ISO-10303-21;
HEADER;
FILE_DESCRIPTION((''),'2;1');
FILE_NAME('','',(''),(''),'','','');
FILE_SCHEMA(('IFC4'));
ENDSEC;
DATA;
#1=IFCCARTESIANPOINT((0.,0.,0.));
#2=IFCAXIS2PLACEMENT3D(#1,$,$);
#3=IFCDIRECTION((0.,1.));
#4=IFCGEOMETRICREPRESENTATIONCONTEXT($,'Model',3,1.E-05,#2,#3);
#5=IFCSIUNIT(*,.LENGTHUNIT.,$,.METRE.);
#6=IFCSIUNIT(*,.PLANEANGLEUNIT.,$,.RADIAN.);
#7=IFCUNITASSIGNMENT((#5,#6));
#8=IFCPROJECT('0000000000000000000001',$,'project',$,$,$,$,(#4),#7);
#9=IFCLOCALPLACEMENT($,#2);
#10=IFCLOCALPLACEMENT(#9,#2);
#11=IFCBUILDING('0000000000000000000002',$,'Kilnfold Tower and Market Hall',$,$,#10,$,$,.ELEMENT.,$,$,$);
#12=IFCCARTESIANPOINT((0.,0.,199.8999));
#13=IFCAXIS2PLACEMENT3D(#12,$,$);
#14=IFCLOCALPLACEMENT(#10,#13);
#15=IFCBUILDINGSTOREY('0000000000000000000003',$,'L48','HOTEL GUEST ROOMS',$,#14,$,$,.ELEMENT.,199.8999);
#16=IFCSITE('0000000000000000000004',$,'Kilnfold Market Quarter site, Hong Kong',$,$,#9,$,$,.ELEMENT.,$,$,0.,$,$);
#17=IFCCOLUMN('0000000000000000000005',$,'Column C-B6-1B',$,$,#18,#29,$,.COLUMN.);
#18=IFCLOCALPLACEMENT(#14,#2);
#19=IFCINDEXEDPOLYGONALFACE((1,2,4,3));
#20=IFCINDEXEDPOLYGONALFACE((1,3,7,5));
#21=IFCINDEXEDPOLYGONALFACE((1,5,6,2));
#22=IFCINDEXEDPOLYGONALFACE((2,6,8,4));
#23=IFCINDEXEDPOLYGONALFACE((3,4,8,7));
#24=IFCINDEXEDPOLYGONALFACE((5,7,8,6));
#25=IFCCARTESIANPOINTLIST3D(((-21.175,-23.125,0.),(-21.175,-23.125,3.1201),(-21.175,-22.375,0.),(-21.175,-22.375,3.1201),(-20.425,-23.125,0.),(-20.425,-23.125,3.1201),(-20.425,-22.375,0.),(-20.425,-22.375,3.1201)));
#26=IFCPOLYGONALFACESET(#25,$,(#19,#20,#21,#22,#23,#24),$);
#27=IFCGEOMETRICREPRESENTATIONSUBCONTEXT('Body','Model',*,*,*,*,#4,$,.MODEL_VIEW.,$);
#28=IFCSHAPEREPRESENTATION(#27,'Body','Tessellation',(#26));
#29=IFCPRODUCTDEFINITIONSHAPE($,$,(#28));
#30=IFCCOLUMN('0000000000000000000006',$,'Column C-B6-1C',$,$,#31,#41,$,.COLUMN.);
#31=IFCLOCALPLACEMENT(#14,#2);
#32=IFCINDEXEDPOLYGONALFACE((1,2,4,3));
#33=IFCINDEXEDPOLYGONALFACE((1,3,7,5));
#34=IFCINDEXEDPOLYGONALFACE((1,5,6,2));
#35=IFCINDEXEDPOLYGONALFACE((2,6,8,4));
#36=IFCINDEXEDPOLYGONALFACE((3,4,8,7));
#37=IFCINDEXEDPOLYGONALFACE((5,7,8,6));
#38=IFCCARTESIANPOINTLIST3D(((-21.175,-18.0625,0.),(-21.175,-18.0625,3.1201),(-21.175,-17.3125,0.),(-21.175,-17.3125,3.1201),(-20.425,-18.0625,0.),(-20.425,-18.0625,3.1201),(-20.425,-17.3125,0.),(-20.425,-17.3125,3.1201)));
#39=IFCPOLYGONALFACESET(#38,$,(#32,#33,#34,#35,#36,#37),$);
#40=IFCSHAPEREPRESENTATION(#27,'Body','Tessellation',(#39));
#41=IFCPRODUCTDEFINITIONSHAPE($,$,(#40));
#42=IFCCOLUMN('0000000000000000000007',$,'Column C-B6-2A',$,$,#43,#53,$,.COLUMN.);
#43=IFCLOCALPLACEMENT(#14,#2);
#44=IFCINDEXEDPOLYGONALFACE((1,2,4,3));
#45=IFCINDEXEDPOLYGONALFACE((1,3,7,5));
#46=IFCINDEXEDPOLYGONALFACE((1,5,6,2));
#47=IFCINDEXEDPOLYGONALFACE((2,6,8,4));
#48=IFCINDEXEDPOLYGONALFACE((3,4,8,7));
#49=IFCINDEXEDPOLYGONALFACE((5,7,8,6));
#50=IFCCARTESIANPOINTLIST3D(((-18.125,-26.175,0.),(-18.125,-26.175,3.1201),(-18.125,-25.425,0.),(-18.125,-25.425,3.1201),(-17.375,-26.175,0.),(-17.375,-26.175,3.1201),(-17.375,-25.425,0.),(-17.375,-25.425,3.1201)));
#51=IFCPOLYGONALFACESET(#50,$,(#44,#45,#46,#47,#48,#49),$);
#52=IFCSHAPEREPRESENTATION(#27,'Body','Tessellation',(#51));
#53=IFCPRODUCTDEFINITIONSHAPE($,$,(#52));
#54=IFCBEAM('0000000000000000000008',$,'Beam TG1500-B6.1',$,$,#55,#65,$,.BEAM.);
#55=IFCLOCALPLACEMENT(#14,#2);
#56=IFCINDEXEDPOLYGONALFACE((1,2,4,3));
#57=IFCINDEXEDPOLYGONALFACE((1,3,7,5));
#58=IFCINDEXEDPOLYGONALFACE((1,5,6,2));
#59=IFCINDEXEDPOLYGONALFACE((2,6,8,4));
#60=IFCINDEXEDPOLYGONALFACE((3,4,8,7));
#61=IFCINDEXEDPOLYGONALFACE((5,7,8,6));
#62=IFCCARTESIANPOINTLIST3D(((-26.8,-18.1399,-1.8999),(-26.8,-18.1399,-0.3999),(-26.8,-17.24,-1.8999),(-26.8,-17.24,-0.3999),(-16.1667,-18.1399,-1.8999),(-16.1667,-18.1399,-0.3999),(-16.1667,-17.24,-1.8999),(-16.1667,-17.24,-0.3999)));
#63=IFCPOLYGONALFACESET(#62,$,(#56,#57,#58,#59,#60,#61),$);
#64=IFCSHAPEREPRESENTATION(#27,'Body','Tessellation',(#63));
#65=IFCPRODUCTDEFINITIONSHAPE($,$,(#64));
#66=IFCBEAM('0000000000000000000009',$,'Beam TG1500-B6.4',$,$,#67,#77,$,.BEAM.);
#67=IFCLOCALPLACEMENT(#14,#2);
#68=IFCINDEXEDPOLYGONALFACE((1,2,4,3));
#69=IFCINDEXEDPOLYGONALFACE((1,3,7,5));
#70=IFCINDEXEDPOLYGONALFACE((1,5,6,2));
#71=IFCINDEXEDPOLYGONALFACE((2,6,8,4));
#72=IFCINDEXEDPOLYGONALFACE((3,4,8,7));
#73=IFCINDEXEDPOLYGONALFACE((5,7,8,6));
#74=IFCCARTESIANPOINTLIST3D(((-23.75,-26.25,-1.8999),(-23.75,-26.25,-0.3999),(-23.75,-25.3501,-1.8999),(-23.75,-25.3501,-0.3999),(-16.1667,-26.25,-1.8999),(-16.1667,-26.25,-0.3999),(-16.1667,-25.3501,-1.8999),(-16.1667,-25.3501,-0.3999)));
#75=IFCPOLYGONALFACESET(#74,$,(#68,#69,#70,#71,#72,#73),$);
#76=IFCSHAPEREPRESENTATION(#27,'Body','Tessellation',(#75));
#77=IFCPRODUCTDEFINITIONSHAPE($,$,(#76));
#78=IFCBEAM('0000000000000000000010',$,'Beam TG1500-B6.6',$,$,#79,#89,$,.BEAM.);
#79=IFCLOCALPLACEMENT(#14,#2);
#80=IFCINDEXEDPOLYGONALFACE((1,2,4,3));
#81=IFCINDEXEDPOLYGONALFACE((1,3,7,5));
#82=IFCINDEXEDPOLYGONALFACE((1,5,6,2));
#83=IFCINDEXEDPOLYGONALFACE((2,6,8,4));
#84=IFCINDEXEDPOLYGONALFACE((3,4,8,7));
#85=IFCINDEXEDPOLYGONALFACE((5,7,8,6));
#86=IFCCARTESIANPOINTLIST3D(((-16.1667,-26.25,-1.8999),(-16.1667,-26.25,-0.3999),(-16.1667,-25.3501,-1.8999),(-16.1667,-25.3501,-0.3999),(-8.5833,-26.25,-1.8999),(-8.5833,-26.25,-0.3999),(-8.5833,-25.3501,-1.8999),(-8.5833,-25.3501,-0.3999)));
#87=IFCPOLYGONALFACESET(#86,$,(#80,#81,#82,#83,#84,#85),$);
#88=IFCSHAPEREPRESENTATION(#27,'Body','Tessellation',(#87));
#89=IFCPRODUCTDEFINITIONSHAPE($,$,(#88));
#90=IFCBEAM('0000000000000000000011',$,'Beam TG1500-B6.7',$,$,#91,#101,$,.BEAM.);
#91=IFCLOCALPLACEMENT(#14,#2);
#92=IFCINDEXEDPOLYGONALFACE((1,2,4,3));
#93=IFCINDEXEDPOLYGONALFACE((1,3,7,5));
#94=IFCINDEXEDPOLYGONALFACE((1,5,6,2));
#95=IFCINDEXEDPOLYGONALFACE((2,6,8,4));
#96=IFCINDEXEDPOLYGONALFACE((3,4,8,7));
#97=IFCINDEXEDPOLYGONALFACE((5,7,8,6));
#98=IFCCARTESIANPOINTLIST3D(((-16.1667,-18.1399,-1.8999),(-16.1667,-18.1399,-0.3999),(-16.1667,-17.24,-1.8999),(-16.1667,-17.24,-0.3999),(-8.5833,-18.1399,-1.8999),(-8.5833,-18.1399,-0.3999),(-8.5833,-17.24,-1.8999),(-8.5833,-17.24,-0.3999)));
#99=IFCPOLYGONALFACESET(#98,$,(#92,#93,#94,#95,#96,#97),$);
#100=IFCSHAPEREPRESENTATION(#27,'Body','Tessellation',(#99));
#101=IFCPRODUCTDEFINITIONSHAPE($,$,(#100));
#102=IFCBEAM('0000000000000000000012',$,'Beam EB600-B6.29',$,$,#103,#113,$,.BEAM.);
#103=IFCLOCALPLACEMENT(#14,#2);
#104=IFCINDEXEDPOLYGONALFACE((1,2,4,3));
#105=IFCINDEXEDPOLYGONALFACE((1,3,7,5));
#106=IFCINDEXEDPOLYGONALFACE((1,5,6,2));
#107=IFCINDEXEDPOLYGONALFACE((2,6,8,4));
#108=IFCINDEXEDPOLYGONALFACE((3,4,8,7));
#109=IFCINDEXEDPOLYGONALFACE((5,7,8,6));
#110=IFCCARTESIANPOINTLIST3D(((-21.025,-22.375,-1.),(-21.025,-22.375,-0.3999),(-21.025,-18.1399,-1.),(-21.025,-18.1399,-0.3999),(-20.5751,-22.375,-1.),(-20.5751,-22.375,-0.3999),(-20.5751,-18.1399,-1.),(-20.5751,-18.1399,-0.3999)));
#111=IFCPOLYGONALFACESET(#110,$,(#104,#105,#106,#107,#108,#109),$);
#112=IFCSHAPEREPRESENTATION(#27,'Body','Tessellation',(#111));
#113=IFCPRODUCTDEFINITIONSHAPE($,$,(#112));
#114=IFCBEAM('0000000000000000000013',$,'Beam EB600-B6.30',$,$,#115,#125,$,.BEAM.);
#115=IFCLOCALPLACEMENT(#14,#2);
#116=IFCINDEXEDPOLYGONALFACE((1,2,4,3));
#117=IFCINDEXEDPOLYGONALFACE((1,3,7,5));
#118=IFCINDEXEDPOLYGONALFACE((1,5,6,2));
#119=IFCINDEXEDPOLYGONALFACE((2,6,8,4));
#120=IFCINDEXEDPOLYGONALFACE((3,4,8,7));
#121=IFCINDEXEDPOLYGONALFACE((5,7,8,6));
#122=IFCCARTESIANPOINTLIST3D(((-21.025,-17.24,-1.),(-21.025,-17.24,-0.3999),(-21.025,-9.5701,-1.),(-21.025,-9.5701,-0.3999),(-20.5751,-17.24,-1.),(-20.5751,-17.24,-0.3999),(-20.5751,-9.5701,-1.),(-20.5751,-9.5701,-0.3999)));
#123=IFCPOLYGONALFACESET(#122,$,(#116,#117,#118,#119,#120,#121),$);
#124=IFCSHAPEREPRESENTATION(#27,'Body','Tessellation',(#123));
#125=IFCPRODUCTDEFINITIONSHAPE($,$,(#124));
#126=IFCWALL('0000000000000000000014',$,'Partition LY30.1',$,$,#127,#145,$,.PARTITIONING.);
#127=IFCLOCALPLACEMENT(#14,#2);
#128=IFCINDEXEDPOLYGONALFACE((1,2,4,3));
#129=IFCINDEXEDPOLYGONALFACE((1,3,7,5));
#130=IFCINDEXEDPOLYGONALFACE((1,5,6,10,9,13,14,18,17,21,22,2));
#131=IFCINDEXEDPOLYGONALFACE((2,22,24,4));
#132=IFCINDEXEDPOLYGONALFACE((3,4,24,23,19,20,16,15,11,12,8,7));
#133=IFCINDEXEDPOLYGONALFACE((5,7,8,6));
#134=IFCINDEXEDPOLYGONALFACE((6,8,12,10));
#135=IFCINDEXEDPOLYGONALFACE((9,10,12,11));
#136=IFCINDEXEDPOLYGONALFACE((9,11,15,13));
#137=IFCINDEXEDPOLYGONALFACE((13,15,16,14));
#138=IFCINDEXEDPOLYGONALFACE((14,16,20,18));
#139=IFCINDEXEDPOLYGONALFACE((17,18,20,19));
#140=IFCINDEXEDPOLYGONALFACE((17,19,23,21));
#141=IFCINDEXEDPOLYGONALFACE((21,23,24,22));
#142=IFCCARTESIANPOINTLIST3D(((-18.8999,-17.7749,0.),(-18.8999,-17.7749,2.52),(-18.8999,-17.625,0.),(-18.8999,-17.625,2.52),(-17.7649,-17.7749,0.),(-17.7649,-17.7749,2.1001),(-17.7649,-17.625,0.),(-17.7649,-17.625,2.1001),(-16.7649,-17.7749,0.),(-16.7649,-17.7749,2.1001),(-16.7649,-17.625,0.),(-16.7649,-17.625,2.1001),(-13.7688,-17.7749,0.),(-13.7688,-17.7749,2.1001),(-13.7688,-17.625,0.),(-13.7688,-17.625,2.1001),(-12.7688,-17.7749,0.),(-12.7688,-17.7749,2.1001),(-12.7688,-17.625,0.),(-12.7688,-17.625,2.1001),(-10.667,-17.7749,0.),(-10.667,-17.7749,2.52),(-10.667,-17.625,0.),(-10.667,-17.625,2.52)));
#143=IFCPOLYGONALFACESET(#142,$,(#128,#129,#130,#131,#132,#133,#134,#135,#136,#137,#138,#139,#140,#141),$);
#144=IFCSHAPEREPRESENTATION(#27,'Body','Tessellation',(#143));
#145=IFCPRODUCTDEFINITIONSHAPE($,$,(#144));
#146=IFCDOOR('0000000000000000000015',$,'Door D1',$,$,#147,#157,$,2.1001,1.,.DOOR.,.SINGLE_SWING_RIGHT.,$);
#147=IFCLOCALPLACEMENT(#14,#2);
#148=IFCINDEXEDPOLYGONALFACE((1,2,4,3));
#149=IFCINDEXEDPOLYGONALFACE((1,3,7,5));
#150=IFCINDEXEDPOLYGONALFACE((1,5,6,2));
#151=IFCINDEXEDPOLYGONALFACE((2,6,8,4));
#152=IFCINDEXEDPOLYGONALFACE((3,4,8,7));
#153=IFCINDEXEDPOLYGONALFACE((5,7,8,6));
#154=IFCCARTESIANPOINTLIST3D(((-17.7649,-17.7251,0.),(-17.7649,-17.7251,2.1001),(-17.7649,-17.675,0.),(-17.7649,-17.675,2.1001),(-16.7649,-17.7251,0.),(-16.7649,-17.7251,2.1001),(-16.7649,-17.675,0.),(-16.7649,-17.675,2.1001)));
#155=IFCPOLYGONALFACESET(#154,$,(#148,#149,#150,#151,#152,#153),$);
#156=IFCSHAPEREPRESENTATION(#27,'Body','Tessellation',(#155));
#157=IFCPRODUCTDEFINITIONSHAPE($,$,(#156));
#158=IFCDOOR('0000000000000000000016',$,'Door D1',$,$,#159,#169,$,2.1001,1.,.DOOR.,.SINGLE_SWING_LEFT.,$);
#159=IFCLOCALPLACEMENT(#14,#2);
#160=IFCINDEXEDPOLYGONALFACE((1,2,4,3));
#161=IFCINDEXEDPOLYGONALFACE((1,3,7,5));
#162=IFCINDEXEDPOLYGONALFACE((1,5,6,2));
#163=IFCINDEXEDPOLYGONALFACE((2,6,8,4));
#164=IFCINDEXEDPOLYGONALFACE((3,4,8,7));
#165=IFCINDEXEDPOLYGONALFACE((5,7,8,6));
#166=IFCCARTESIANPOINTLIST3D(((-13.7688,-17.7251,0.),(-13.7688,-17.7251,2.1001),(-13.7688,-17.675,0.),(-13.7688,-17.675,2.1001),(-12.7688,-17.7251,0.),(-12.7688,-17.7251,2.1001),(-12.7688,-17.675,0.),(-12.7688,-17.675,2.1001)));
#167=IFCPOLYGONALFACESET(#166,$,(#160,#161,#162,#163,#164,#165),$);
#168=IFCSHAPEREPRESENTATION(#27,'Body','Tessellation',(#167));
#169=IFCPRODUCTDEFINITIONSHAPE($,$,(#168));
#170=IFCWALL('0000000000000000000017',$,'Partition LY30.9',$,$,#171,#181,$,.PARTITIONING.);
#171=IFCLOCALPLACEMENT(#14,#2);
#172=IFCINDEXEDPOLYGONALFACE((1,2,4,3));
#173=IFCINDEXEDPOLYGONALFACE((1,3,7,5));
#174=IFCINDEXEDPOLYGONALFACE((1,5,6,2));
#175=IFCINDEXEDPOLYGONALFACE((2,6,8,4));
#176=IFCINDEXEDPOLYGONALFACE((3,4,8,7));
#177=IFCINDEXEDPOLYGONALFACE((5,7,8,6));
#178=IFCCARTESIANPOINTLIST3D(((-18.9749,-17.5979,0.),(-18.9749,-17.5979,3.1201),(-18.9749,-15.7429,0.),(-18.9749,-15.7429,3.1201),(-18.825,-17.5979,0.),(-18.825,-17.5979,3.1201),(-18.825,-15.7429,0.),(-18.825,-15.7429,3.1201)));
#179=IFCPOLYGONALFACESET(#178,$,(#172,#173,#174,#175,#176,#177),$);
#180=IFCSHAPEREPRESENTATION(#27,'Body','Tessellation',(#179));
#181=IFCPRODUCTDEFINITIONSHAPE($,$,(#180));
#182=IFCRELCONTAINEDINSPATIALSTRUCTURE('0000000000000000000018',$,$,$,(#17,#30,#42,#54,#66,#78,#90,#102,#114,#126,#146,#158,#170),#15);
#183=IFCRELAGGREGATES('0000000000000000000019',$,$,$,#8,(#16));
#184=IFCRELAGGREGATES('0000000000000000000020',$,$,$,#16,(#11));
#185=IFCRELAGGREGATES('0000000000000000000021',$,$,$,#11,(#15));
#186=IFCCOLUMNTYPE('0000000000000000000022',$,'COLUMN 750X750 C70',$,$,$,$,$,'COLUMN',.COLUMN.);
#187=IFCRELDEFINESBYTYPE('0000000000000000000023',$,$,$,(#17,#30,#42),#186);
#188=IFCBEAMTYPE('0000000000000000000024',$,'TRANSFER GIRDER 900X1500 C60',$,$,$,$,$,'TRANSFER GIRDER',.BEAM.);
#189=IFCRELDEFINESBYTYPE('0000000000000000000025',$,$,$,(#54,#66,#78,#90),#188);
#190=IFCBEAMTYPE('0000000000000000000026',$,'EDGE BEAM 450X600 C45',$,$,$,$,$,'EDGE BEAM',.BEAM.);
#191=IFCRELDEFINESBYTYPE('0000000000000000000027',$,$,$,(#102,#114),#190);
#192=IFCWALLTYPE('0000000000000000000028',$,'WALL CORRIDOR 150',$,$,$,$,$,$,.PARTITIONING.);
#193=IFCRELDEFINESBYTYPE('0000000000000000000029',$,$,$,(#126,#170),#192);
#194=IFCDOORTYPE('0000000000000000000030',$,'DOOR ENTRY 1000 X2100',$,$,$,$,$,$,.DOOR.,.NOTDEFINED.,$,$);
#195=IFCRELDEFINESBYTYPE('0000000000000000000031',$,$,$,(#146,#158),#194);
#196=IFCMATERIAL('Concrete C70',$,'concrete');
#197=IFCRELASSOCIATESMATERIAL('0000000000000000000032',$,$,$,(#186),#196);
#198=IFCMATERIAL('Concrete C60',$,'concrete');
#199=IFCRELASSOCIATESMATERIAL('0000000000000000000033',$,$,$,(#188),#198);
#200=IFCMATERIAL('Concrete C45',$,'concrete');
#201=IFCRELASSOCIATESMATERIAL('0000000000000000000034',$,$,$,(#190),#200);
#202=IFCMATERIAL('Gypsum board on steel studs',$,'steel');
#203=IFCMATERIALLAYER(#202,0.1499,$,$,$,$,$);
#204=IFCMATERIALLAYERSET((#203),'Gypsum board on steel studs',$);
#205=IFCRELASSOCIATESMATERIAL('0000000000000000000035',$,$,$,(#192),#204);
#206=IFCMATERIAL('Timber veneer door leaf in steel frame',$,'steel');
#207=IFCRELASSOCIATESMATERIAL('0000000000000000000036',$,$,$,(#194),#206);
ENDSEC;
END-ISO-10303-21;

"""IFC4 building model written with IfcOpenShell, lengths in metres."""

from ifc_helpers import new_model, si_unit, direction, frame, frame_2d, origin, origin_2d, place, context, subcontext, project, spatial, rectangle, extrude, source, transform, mapped, material, layer, layer_set, material_profile, profile_set, type_object, element, fill, save


model = new_model("IFC4")

# Units and contexts
model_context = context("Model", 3, precision=1e-05, world=origin(), true_north=direction((0.0, 1.0)))
body_context = subcontext(model_context, "Body", "Model", "MODEL_VIEW")
ifc_project = project(units=[si_unit("LENGTHUNIT", "METRE"), si_unit("PLANEANGLEUNIT", "RADIAN")], contexts=[model_context])

# Site, building, storey
site_placement = place(None, origin())
site = spatial("IfcSite", under=ifc_project, at=site_placement, Name="Kilnfold Market Quarter site, Hong Kong", CompositionType="ELEMENT", RefElevation=0.0)
building_placement = place(site_placement, origin())
building = spatial("IfcBuilding", under=site, at=building_placement, Name="Kilnfold Tower and Market Hall", CompositionType="ELEMENT")
storey_placement = place(building_placement, frame((0.0, 0.0, 199.8999)))
storey = spatial("IfcBuildingStorey", under=building, at=storey_placement, Name="L48", Description="HOTEL GUEST ROOMS", CompositionType="ELEMENT", Elevation=199.8999)

# Columns
ifc_material_1 = material(Name="Concrete C70", Category="concrete")
ifc_material_profile_1 = material_profile(ifc_material_1, rectangle(XDim=0.75, YDim=0.75, at=origin_2d()), Name="RC 750x750")
ifc_profile_set_1 = profile_set([ifc_material_profile_1], Name="Concrete C70")
column_type = type_object("IfcColumnType", Name="COLUMN 750X750 C70", ElementType="COLUMN", PredefinedType="COLUMN", material=ifc_profile_set_1)
shared_shape_1 = source(origin(), body_context, "Body", "SweptSolid", [
    extrude(rectangle(XDim=0.75, YDim=0.75, at=origin_2d()), origin(), (0.0, 0.0, 1.0), 3.1201),
])
for number, where, z_axis, x_axis, name in (
    (1, (-20.8, -22.75, 0.0), (0.0, 0.0, 1.0), (1.0, 0.0, 0.0), "Column C-B6-1B"),
    (2, (-20.8, -17.6875, 0.0), (0.0, 0.0, 1.0), (1.0, 0.0, 0.0), "Column C-B6-1C"),
    (3, (-17.75, -25.8, 0.0), (0.0, 0.0, 1.0), (1.0, 0.0, 0.0), "Column C-B6-2A"),
):
    element("IfcColumn", number, at=place(storey_placement, frame(where, z_axis=z_axis, x_axis=x_axis)), inside=storey, type_object=column_type, Name=name, PredefinedType="COLUMN", context=body_context, shape_type="MappedRepresentation", body=[
        mapped(shared_shape_1, transform((0.0, 0.0, 0.0))),
    ])

# Beams
ifc_material_2 = material(Name="Concrete C60", Category="concrete")
ifc_material_profile_2 = material_profile(ifc_material_2, rectangle(XDim=0.8999, YDim=1.5, at=origin_2d()), Name="RC 900x1500")
ifc_profile_set_2 = profile_set([ifc_material_profile_2], Name="Concrete C60")
beam_type_1 = type_object("IfcBeamType", Name="TRANSFER GIRDER 900X1500 C60", ElementType="TRANSFER GIRDER", PredefinedType="BEAM", material=ifc_profile_set_2)
shared_shape_2 = source(origin(), body_context, "Body", "SweptSolid", [
    extrude(rectangle(XDim=0.8999, YDim=1.5, at=origin_2d()), origin(), (0.0, 0.0, 1.0), 10.6333),
])
beam_1_placement = place(storey_placement, frame((-26.8, -17.6899, -1.1499), z_axis=(1.0, 0.0, 0.0), x_axis=(0.0, 1.0, 0.0)))
element("IfcBeam", 4, at=beam_1_placement, inside=storey, type_object=beam_type_1, Name="Beam TG1500-B6.1", PredefinedType="BEAM", context=body_context, shape_type="MappedRepresentation", body=[
    mapped(shared_shape_2, transform((0.0, 0.0, 0.0))),
])
shared_shape_3 = source(origin(), body_context, "Body", "SweptSolid", [
    extrude(rectangle(XDim=0.8999, YDim=1.5, at=origin_2d()), origin(), (0.0, 0.0, 1.0), 7.5833),
])
beam_2_placement = place(storey_placement, frame((-23.75, -25.8, -1.1499), z_axis=(1.0, 0.0, 0.0), x_axis=(0.0, 1.0, 0.0)))
element("IfcBeam", 5, at=beam_2_placement, inside=storey, type_object=beam_type_1, Name="Beam TG1500-B6.4", PredefinedType="BEAM", context=body_context, shape_type="MappedRepresentation", body=[
    mapped(shared_shape_3, transform((0.0, 0.0, 0.0))),
])
shared_shape_4 = source(origin(), body_context, "Body", "SweptSolid", [
    extrude(rectangle(XDim=0.8999, YDim=1.5, at=origin_2d()), origin(), (0.0, 0.0, 1.0), 7.5835),
])
for number, where, z_axis, x_axis, name in (
    (6, (-16.1667, -25.8, -1.1499), (1.0, 0.0, 0.0), (0.0, 1.0, 0.0), "Beam TG1500-B6.6"),
    (7, (-16.1667, -17.6899, -1.1499), (1.0, 0.0, 0.0), (0.0, 1.0, 0.0), "Beam TG1500-B6.7"),
):
    element("IfcBeam", number, at=place(storey_placement, frame(where, z_axis=z_axis, x_axis=x_axis)), inside=storey, type_object=beam_type_1, Name=name, PredefinedType="BEAM", context=body_context, shape_type="MappedRepresentation", body=[
        mapped(shared_shape_4, transform((0.0, 0.0, 0.0))),
    ])
ifc_material_3 = material(Name="Concrete C45", Category="concrete")
ifc_material_profile_3 = material_profile(ifc_material_3, rectangle(XDim=0.45, YDim=0.6001, at=origin_2d()), Name="RC 450x600")
ifc_profile_set_3 = profile_set([ifc_material_profile_3], Name="Concrete C45")
beam_type_2 = type_object("IfcBeamType", Name="EDGE BEAM 450X600 C45", ElementType="EDGE BEAM", PredefinedType="BEAM", material=ifc_profile_set_3)
shared_shape_5 = source(origin(), body_context, "Body", "SweptSolid", [
    extrude(rectangle(XDim=0.45, YDim=0.6001, at=origin_2d()), origin(), (0.0, 0.0, 1.0), 4.2351),
])
beam_3_placement = place(storey_placement, frame((-20.8, -22.375, -0.7), z_axis=(0.0, 1.0, 0.0), x_axis=(-1.0, 0.0, 0.0)))
element("IfcBeam", 8, at=beam_3_placement, inside=storey, type_object=beam_type_2, Name="Beam EB600-B6.29", PredefinedType="BEAM", context=body_context, shape_type="MappedRepresentation", body=[
    mapped(shared_shape_5, transform((0.0, 0.0, 0.0))),
])
shared_shape_6 = source(origin(), body_context, "Body", "SweptSolid", [
    extrude(rectangle(XDim=0.45, YDim=0.6001, at=origin_2d()), origin(), (0.0, 0.0, 1.0), 7.6699),
])
beam_4_placement = place(storey_placement, frame((-20.8, -17.24, -0.7), z_axis=(0.0, 1.0, 0.0), x_axis=(-1.0, 0.0, 0.0)))
element("IfcBeam", 9, at=beam_4_placement, inside=storey, type_object=beam_type_2, Name="Beam EB600-B6.30", PredefinedType="BEAM", context=body_context, shape_type="MappedRepresentation", body=[
    mapped(shared_shape_6, transform((0.0, 0.0, 0.0))),
])

# Wall, openings, doors
ifc_material_4 = material(Name="Gypsum board on steel studs", Category="steel")
ifc_layer_1 = layer(ifc_material_4, 0.1499)
ifc_layer_set_1 = layer_set([ifc_layer_1], Name="Gypsum board on steel studs")
wall_type_1 = type_object("IfcWallType", Name="WALL CORRIDOR 150", PredefinedType="PARTITIONING", material=ifc_layer_set_1)
wall_1_placement = place(storey_placement, frame((-18.8999, -17.7, 0.0), z_axis=(0.0, 0.0, 1.0), x_axis=(1.0, 0.0, 0.0)))
wall_1 = element("IfcWall", 10, at=wall_1_placement, inside=storey, type_object=wall_type_1, Name="Partition LY30.1", PredefinedType="PARTITIONING", context=body_context, shape_type="SweptSolid", body=[
    extrude(rectangle(XDim=8.2329, YDim=0.1499, at=frame_2d((4.1165, 0.0))), origin(), (0.0, 0.0, 1.0), 2.52),
])
opening_1_placement = place(wall_1_placement, frame((1.135, 0.0, 0.0)))
opening_1 = element("IfcOpeningElement", 11, at=opening_1_placement, cuts=wall_1, PredefinedType="OPENING", context=body_context, shape_type="SweptSolid", body=[
    extrude(rectangle(XDim=1.0, YDim=2.1001, at=frame_2d((0.5, 1.05))), frame((0.0, 0.085, 0.0), z_axis=(0.0, -1.0, 0.0), x_axis=(1.0, 0.0, 0.0)), (0.0, 0.0, 1.0), 0.1699),
])
opening_2_placement = place(wall_1_placement, frame((5.1311, 0.0, 0.0)))
opening_2 = element("IfcOpeningElement", 12, at=opening_2_placement, cuts=wall_1, PredefinedType="OPENING", context=body_context, shape_type="SweptSolid", body=[
    extrude(rectangle(XDim=1.0, YDim=2.1001, at=frame_2d((0.5, 1.05))), frame((0.0, 0.085, 0.0), z_axis=(0.0, -1.0, 0.0), x_axis=(1.0, 0.0, 0.0)), (0.0, 0.0, 1.0), 0.1699),
])
ifc_material_5 = material(Name="Timber veneer door leaf in steel frame", Category="steel")
door_type_1 = type_object("IfcDoorType", Name="DOOR ENTRY 1000 X2100", OperationType="NOTDEFINED", PredefinedType="DOOR", material=ifc_material_5)
door_1_placement = place(opening_1_placement, origin())
door_1 = element("IfcDoor", 13, at=door_1_placement, inside=storey, type_object=door_type_1, Name="Door D1", OperationType="SINGLE_SWING_RIGHT", OverallHeight=2.1001, OverallWidth=1.0, PredefinedType="DOOR", context=body_context, shape_type="SweptSolid", body=[
    extrude(rectangle(XDim=1.0, YDim=2.1001, at=frame_2d((0.5, 1.05))), frame((0.0, 0.0249, 0.0), z_axis=(0.0, -1.0, 0.0), x_axis=(1.0, 0.0, 0.0)), (0.0, 0.0, 1.0), 0.05),
])
fill(opening_1, door_1)
door_2_placement = place(opening_2_placement, origin())
door_2 = element("IfcDoor", 14, at=door_2_placement, inside=storey, type_object=door_type_1, Name="Door D1", OperationType="SINGLE_SWING_LEFT", OverallHeight=2.1001, OverallWidth=1.0, PredefinedType="DOOR", context=body_context, shape_type="SweptSolid", body=[
    extrude(rectangle(XDim=1.0, YDim=2.1001, at=frame_2d((0.5, 1.05))), frame((0.0, 0.0249, 0.0), z_axis=(0.0, -1.0, 0.0), x_axis=(1.0, 0.0, 0.0)), (0.0, 0.0, 1.0), 0.05),
])
fill(opening_2, door_2)

# Wall
wall_2_placement = place(storey_placement, frame((-18.8999, -17.5979, 0.0), z_axis=(0.0, 0.0, 1.0), x_axis=(0.0, 1.0, 0.0)))
element("IfcWall", 15, at=wall_2_placement, inside=storey, type_object=wall_type_1, Name="Partition LY30.9", PredefinedType="PARTITIONING", context=body_context, shape_type="SweptSolid", body=[
    extrude(rectangle(XDim=1.855, YDim=0.1499, at=frame_2d((0.9275, 0.0))), origin(), (0.0, 0.0, 1.0), 3.1201),
])

save(model, "model.ifc")
